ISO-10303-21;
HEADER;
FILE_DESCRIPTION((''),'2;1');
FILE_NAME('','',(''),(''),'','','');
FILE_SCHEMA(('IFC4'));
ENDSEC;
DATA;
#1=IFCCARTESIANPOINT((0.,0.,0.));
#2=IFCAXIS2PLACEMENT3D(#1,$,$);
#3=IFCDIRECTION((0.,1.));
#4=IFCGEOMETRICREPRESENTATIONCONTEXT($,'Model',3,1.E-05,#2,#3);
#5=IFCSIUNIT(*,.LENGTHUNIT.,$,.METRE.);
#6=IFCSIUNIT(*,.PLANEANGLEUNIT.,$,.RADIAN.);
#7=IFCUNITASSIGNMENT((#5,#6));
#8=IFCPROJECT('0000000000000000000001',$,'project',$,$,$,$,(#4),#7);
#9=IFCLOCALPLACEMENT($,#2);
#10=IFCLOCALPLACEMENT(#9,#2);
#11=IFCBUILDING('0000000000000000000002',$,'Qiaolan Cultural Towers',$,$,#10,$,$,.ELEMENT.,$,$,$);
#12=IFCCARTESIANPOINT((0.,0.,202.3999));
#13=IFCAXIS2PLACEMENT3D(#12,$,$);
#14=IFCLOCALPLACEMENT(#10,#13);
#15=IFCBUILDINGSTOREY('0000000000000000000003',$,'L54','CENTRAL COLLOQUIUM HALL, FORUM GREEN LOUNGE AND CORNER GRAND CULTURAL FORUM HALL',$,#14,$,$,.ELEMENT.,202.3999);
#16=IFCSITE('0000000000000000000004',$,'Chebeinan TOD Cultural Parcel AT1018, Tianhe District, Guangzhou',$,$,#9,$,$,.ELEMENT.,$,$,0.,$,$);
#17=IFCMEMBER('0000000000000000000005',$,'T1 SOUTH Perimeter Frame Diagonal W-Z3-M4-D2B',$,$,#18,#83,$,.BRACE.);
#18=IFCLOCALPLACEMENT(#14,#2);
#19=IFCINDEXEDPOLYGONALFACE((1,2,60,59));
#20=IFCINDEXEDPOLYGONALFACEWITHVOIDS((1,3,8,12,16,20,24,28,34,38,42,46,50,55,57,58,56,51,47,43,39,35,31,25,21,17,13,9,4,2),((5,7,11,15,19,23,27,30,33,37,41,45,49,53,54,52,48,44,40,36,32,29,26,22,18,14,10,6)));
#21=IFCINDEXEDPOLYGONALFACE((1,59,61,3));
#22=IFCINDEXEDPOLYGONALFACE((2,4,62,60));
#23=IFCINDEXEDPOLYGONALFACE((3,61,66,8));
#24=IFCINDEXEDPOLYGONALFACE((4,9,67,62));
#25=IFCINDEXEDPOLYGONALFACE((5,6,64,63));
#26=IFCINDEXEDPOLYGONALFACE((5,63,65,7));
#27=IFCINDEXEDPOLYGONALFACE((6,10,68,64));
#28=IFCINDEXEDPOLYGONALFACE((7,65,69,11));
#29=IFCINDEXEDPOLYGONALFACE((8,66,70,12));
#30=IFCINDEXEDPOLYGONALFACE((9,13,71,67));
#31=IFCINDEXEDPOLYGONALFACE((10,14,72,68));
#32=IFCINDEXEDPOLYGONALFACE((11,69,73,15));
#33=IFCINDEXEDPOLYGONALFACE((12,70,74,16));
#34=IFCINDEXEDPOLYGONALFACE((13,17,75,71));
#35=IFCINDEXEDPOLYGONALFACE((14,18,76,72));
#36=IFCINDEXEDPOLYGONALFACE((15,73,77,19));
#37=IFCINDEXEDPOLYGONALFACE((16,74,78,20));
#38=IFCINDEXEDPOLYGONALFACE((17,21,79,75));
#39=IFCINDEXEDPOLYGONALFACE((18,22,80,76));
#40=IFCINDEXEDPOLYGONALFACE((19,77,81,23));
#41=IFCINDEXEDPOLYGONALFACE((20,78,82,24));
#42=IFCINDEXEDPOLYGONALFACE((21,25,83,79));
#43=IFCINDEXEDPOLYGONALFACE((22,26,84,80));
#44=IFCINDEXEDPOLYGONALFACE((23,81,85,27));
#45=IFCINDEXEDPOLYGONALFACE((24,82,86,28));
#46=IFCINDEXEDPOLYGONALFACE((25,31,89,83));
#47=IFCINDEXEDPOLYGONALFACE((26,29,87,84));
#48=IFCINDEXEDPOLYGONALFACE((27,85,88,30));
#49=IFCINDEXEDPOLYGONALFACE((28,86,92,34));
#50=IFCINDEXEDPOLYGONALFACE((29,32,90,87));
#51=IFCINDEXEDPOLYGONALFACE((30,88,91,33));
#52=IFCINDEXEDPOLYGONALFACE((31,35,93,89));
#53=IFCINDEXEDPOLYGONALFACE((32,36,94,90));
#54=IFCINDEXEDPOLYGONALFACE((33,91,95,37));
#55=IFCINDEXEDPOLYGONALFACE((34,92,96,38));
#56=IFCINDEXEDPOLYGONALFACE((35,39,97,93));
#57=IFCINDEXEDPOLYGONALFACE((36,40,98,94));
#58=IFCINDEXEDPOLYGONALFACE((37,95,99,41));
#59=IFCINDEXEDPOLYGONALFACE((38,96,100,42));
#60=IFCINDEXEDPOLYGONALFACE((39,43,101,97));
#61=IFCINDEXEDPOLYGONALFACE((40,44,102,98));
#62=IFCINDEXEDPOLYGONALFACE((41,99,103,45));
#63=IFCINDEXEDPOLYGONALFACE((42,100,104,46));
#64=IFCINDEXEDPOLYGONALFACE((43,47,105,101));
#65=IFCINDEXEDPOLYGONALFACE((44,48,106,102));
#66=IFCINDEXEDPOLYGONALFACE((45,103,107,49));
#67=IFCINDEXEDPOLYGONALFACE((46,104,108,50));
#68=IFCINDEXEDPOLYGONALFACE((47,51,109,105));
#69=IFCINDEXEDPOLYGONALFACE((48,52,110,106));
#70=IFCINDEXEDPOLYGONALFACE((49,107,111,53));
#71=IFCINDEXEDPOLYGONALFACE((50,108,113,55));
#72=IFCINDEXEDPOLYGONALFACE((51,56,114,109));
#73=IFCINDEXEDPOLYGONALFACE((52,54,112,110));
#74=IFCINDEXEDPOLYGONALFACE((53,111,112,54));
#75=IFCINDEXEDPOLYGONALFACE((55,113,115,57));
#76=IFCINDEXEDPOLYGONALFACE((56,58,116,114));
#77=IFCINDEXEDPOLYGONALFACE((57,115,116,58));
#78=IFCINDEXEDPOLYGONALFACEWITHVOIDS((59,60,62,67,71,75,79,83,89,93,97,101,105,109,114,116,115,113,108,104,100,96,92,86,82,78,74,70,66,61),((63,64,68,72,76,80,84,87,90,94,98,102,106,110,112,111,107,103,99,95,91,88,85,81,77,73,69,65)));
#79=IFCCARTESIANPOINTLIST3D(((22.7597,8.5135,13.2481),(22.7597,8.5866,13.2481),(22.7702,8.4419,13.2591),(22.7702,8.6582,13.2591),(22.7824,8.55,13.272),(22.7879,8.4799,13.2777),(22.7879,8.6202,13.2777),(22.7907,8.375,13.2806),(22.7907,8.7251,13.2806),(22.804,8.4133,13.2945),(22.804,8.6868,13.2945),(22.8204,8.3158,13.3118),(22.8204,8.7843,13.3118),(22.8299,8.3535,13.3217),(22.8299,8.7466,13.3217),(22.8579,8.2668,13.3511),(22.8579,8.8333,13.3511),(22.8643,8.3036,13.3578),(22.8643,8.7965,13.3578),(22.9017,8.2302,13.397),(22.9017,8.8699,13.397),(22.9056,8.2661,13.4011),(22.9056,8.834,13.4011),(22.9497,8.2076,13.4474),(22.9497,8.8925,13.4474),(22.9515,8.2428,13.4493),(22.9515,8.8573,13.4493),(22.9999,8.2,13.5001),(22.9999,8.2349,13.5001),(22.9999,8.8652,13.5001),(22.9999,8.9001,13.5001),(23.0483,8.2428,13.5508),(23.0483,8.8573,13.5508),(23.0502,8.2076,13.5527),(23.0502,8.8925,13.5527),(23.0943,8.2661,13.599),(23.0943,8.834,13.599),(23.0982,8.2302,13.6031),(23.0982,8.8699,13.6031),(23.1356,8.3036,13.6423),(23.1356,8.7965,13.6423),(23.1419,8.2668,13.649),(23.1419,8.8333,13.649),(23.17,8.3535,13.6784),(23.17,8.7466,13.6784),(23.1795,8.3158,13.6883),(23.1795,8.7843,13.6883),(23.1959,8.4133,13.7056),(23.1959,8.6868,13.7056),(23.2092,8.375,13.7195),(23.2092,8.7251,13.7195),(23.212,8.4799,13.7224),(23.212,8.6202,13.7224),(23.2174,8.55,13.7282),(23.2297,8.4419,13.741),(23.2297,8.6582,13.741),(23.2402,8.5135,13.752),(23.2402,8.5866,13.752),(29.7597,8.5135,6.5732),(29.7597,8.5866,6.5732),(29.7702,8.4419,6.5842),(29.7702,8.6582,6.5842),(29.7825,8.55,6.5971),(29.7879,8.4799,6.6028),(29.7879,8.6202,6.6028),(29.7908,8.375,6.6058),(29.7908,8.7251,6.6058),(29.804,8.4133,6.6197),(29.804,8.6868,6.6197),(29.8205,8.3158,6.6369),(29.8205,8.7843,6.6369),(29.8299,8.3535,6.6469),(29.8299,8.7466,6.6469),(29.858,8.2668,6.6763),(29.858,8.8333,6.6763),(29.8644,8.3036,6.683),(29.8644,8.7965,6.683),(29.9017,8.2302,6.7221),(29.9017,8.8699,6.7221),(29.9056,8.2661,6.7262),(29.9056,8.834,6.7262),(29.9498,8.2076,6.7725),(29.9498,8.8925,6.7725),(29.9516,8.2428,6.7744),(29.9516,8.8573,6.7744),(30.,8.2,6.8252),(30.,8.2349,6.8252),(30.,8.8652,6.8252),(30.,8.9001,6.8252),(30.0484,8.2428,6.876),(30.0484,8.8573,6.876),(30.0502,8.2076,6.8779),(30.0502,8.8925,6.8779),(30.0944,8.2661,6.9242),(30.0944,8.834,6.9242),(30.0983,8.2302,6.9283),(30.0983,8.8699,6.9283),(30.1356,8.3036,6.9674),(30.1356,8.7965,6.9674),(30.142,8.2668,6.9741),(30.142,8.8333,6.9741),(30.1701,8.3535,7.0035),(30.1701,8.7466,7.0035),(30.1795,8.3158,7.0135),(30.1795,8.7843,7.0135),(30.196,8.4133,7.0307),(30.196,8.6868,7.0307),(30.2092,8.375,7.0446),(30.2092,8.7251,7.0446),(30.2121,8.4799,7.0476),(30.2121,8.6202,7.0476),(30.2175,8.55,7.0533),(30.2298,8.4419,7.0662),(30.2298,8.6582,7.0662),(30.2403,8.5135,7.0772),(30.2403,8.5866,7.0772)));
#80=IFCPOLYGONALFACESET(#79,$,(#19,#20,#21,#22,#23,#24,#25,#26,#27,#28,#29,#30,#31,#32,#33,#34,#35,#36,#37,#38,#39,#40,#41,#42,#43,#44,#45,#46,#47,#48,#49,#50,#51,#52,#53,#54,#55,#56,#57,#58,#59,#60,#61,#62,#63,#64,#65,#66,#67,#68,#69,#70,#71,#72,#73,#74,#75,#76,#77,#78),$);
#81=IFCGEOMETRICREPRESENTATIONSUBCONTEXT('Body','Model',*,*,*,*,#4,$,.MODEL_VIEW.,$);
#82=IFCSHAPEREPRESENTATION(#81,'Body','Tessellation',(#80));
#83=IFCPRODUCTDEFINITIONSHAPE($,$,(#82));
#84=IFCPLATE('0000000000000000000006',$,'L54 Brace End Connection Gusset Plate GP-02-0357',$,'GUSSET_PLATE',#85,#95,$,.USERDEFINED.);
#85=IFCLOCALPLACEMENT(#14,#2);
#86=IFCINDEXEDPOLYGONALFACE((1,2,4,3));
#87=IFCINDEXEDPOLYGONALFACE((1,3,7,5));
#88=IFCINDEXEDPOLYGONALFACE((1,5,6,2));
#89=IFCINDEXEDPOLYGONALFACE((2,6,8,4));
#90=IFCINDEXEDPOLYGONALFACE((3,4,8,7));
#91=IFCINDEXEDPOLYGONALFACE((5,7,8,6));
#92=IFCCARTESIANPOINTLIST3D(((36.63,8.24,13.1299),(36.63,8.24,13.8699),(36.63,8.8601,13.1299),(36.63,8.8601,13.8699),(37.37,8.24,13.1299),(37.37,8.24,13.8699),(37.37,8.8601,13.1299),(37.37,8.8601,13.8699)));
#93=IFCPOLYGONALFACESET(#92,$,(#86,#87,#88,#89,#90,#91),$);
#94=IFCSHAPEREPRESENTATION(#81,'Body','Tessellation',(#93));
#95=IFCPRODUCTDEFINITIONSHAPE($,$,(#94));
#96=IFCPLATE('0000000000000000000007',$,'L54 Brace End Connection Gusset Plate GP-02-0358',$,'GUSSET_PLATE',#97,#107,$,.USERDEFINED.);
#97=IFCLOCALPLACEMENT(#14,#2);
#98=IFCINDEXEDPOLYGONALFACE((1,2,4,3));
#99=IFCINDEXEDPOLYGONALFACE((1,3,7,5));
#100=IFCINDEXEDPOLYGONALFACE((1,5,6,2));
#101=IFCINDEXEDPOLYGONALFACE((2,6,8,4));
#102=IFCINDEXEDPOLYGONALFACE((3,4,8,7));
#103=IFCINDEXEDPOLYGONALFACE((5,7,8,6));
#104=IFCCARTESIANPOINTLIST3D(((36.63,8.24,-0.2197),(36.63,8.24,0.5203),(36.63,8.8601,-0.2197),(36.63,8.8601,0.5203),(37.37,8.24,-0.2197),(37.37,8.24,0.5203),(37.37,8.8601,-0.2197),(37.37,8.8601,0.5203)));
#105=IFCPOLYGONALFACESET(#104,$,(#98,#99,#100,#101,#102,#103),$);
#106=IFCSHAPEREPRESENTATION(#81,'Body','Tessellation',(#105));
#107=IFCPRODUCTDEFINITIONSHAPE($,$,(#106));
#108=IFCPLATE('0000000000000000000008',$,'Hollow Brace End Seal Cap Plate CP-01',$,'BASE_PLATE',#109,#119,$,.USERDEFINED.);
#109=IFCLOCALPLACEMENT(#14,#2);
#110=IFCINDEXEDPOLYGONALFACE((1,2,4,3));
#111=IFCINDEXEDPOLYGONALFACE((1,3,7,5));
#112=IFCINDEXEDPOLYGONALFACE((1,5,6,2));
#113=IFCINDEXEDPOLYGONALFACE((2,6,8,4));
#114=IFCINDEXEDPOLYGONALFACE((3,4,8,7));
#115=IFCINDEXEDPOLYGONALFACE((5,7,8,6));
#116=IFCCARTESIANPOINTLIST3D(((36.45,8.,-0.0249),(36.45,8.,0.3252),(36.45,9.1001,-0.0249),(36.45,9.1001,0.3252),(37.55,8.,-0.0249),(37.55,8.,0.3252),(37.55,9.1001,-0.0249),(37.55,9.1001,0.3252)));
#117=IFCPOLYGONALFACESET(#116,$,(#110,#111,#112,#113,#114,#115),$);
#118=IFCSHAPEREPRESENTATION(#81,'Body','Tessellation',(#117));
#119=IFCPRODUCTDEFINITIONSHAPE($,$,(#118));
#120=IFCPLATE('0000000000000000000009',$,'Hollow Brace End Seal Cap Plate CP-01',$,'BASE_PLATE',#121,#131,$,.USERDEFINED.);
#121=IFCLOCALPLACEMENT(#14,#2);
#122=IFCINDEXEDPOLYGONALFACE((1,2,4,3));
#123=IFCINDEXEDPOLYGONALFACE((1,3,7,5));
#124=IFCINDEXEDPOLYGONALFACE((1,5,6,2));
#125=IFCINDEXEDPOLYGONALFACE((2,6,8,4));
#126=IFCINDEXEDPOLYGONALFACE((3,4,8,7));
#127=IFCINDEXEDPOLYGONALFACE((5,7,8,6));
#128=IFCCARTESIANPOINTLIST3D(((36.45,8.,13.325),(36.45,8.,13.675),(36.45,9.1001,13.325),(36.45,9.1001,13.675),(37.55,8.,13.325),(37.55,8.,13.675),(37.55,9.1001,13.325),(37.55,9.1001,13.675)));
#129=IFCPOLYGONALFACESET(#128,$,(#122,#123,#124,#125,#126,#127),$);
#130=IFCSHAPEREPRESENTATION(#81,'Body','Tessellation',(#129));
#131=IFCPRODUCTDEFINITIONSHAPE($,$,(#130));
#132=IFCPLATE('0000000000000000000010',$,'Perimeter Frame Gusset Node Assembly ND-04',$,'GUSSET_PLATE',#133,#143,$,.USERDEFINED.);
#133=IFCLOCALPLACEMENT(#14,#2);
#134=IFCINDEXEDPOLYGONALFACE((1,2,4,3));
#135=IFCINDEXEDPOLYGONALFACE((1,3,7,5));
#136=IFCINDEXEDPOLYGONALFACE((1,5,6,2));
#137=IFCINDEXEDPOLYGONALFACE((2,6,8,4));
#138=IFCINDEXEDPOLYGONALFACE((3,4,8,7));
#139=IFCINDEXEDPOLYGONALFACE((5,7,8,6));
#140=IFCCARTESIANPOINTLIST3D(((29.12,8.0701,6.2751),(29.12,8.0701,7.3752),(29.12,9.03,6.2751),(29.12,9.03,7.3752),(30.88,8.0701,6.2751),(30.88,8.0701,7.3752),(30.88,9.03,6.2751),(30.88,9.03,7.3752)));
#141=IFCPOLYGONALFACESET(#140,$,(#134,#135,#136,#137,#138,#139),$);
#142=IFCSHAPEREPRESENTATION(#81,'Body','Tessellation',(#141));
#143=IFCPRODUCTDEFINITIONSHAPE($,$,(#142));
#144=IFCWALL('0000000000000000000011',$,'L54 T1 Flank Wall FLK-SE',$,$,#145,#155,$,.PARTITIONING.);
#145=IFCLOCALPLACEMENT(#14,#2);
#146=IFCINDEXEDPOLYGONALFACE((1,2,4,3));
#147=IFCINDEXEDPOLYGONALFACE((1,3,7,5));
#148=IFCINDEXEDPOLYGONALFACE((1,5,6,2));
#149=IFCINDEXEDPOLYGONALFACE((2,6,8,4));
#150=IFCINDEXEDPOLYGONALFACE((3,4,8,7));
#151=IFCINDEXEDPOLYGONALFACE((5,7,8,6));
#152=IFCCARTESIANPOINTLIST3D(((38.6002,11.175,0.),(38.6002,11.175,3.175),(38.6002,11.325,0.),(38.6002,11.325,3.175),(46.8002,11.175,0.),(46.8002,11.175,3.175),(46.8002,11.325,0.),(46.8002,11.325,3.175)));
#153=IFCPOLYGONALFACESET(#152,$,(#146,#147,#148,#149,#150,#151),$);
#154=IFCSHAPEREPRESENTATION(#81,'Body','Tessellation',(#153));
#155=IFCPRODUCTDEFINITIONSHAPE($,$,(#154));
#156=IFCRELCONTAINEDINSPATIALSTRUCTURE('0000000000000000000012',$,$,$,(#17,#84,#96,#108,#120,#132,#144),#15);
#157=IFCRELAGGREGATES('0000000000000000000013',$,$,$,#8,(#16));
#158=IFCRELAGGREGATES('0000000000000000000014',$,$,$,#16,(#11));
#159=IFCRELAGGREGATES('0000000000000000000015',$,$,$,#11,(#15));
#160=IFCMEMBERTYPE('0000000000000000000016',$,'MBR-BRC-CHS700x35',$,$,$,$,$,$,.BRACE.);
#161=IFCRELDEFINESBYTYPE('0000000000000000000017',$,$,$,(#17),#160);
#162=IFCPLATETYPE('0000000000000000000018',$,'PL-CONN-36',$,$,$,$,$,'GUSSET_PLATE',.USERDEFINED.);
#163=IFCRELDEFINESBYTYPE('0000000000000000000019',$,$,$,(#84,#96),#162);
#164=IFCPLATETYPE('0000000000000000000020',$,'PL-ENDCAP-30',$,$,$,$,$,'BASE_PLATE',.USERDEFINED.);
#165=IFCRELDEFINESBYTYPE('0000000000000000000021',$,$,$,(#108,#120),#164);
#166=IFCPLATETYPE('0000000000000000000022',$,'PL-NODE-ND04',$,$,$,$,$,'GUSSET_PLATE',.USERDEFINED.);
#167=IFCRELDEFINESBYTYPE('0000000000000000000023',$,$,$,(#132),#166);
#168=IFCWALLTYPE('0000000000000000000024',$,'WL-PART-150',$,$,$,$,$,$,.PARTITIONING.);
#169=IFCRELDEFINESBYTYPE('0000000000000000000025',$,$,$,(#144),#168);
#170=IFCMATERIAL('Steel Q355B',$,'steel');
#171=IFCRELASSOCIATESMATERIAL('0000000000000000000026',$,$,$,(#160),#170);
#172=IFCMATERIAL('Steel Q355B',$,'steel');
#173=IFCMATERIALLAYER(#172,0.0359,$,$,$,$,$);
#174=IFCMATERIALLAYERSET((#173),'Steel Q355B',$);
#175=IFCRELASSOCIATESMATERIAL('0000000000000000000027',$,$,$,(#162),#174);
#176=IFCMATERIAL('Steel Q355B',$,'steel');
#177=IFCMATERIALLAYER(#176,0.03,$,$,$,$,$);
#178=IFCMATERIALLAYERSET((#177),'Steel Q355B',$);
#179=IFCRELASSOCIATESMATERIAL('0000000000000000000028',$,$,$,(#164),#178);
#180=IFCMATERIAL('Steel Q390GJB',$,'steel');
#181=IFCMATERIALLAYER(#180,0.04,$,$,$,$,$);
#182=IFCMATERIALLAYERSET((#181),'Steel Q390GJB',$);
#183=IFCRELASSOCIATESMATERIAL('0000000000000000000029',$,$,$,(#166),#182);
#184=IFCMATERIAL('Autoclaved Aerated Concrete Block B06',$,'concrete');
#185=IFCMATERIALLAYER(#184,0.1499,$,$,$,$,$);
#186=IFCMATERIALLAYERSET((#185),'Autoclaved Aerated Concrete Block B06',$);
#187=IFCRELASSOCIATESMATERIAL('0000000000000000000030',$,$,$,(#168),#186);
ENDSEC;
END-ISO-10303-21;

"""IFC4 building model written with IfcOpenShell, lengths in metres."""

from ifc_helpers import new_model, si_unit, direction, frame, frame_2d, origin, origin_2d, place, context, subcontext, project, spatial, rectangle, hollow_circle, extrude, material, layer, layer_set, material_profile, profile_set, type_object, element, save


model = new_model("IFC4")

# Units and contexts
model_context = context("Model", 3, precision=1e-05, world=origin(), true_north=direction((0.0, 1.0)))
body_context = subcontext(model_context, "Body", "Model", "MODEL_VIEW")
ifc_project = project(units=[si_unit("LENGTHUNIT", "METRE"), si_unit("PLANEANGLEUNIT", "RADIAN")], contexts=[model_context])

# Site, building, storey
site_placement = place(None, origin())
site = spatial("IfcSite", under=ifc_project, at=site_placement, Name="Chebeinan TOD Cultural Parcel AT1018, Tianhe District, Guangzhou", CompositionType="ELEMENT", RefElevation=0.0)
building_placement = place(site_placement, origin())
building = spatial("IfcBuilding", under=site, at=building_placement, Name="Qiaolan Cultural Towers", CompositionType="ELEMENT")
storey_placement = place(building_placement, frame((0.0, 0.0, 202.3999)))
storey = spatial("IfcBuildingStorey", under=building, at=storey_placement, Name="L54", Description="CENTRAL COLLOQUIUM HALL, FORUM GREEN LOUNGE AND CORNER GRAND CULTURAL FORUM HALL", CompositionType="ELEMENT", Elevation=202.3999)

# Member
ifc_material_1 = material(Name="Steel Q355B", Category="steel")
ifc_material_profile_1 = material_profile(ifc_material_1, hollow_circle(Radius=0.3501, WallThickness=0.0349, at=origin_2d()), Name="CHS700x35")
ifc_profile_set_1 = profile_set([ifc_material_profile_1], Name="Steel Q355B")
member_type = type_object("IfcMemberType", Name="MBR-BRC-CHS700x35", PredefinedType="BRACE", material=ifc_profile_set_1)
for number, where, z_axis, x_axis, name in (
    (1, (30.0, 8.55, 6.8252), (-0.723718, 0.0, 0.690096), (0.0, -1.0, 0.0), "T1 SOUTH Perimeter Frame Diagonal W-Z3-M4-D2B"),
):
    element("IfcMember", number, at=place(storey_placement, frame(where, z_axis=z_axis, x_axis=x_axis)), inside=storey, type_object=member_type, Name=name, PredefinedType="BRACE", context=body_context, shape_type="SweptSolid", body=[
        extrude(hollow_circle(Radius=0.3501, WallThickness=0.0349, at=origin_2d()), origin(), (0.0, 0.0, 1.0), 9.6724),
    ])

# Plates
ifc_material_2 = material(Name="Steel Q355B", Category="steel")
ifc_layer_1 = layer(ifc_material_2, 0.0359)
ifc_layer_set_1 = layer_set([ifc_layer_1], Name="Steel Q355B")
plate_type_1 = type_object("IfcPlateType", Name="PL-CONN-36", ElementType="GUSSET_PLATE", PredefinedType="USERDEFINED", material=ifc_layer_set_1)
for number, where, z_axis, x_axis, name in (
    (2, (37.0, 8.55, 13.1299), (0.0, 0.0, 1.0), (1.0, 0.0, 0.0), "L54 Brace End Connection Gusset Plate GP-02-0357"),
    (3, (37.0, 8.55, -0.2197), (0.0, 0.0, 1.0), (1.0, 0.0, 0.0), "L54 Brace End Connection Gusset Plate GP-02-0358"),
):
    element("IfcPlate", number, at=place(storey_placement, frame(where, z_axis=z_axis, x_axis=x_axis)), inside=storey, type_object=plate_type_1, Name=name, ObjectType="GUSSET_PLATE", PredefinedType="USERDEFINED", context=body_context, shape_type="SweptSolid", body=[
        extrude(rectangle(XDim=0.74, YDim=0.6201, at=origin_2d()), origin(), (0.0, 0.0, 1.0), 0.74),
    ])
ifc_material_3 = material(Name="Steel Q355B", Category="steel")
ifc_layer_2 = layer(ifc_material_3, 0.03)
ifc_layer_set_2 = layer_set([ifc_layer_2], Name="Steel Q355B")
plate_type_2 = type_object("IfcPlateType", Name="PL-ENDCAP-30", ElementType="BASE_PLATE", PredefinedType="USERDEFINED", material=ifc_layer_set_2)
for number, where, z_axis, x_axis, name in (
    (4, (37.0, 8.55, -0.0249), (0.0, 0.0, 1.0), (1.0, 0.0, 0.0), "Hollow Brace End Seal Cap Plate CP-01"),
    (5, (37.0, 8.55, 13.325), (0.0, 0.0, 1.0), (1.0, 0.0, 0.0), "Hollow Brace End Seal Cap Plate CP-01"),
):
    element("IfcPlate", number, at=place(storey_placement, frame(where, z_axis=z_axis, x_axis=x_axis)), inside=storey, type_object=plate_type_2, Name=name, ObjectType="BASE_PLATE", PredefinedType="USERDEFINED", context=body_context, shape_type="SweptSolid", body=[
        extrude(rectangle(XDim=1.1001, YDim=1.1001, at=origin_2d()), origin(), (0.0, 0.0, 1.0), 0.3501),
    ])
ifc_material_4 = material(Name="Steel Q390GJB", Category="steel")
ifc_layer_3 = layer(ifc_material_4, 0.04)
ifc_layer_set_3 = layer_set([ifc_layer_3], Name="Steel Q390GJB")
plate_type_3 = type_object("IfcPlateType", Name="PL-NODE-ND04", ElementType="GUSSET_PLATE", PredefinedType="USERDEFINED", material=ifc_layer_set_3)
plate_placement = place(storey_placement, frame((30.0, 8.55, 6.2751), z_axis=(0.0, 0.0, 1.0), x_axis=(1.0, 0.0, 0.0)))
element("IfcPlate", 6, at=plate_placement, inside=storey, type_object=plate_type_3, Name="Perimeter Frame Gusset Node Assembly ND-04", ObjectType="GUSSET_PLATE", PredefinedType="USERDEFINED", context=body_context, shape_type="SweptSolid", body=[
    extrude(rectangle(XDim=1.76, YDim=0.96, at=origin_2d()), origin(), (0.0, 0.0, 1.0), 1.1001),
])

# Wall
ifc_material_5 = material(Name="Autoclaved Aerated Concrete Block B06", Category="concrete")
ifc_layer_4 = layer(ifc_material_5, 0.1499)
ifc_layer_set_4 = layer_set([ifc_layer_4], Name="Autoclaved Aerated Concrete Block B06")
wall_type = type_object("IfcWallType", Name="WL-PART-150", PredefinedType="PARTITIONING", material=ifc_layer_set_4)
wall_placement = place(storey_placement, frame((38.6001, 11.25, 0.0), z_axis=(0.0, 0.0, 1.0), x_axis=(1.0, 0.0, 0.0)))
element("IfcWall", 7, at=wall_placement, inside=storey, type_object=wall_type, Name="L54 T1 Flank Wall FLK-SE", PredefinedType="PARTITIONING", context=body_context, shape_type="SweptSolid", body=[
    extrude(rectangle(XDim=8.2, YDim=0.1499, at=frame_2d((4.1001, 0.0))), origin(), (0.0, 0.0, 1.0), 3.175),
])

save(model, "model.ifc")
